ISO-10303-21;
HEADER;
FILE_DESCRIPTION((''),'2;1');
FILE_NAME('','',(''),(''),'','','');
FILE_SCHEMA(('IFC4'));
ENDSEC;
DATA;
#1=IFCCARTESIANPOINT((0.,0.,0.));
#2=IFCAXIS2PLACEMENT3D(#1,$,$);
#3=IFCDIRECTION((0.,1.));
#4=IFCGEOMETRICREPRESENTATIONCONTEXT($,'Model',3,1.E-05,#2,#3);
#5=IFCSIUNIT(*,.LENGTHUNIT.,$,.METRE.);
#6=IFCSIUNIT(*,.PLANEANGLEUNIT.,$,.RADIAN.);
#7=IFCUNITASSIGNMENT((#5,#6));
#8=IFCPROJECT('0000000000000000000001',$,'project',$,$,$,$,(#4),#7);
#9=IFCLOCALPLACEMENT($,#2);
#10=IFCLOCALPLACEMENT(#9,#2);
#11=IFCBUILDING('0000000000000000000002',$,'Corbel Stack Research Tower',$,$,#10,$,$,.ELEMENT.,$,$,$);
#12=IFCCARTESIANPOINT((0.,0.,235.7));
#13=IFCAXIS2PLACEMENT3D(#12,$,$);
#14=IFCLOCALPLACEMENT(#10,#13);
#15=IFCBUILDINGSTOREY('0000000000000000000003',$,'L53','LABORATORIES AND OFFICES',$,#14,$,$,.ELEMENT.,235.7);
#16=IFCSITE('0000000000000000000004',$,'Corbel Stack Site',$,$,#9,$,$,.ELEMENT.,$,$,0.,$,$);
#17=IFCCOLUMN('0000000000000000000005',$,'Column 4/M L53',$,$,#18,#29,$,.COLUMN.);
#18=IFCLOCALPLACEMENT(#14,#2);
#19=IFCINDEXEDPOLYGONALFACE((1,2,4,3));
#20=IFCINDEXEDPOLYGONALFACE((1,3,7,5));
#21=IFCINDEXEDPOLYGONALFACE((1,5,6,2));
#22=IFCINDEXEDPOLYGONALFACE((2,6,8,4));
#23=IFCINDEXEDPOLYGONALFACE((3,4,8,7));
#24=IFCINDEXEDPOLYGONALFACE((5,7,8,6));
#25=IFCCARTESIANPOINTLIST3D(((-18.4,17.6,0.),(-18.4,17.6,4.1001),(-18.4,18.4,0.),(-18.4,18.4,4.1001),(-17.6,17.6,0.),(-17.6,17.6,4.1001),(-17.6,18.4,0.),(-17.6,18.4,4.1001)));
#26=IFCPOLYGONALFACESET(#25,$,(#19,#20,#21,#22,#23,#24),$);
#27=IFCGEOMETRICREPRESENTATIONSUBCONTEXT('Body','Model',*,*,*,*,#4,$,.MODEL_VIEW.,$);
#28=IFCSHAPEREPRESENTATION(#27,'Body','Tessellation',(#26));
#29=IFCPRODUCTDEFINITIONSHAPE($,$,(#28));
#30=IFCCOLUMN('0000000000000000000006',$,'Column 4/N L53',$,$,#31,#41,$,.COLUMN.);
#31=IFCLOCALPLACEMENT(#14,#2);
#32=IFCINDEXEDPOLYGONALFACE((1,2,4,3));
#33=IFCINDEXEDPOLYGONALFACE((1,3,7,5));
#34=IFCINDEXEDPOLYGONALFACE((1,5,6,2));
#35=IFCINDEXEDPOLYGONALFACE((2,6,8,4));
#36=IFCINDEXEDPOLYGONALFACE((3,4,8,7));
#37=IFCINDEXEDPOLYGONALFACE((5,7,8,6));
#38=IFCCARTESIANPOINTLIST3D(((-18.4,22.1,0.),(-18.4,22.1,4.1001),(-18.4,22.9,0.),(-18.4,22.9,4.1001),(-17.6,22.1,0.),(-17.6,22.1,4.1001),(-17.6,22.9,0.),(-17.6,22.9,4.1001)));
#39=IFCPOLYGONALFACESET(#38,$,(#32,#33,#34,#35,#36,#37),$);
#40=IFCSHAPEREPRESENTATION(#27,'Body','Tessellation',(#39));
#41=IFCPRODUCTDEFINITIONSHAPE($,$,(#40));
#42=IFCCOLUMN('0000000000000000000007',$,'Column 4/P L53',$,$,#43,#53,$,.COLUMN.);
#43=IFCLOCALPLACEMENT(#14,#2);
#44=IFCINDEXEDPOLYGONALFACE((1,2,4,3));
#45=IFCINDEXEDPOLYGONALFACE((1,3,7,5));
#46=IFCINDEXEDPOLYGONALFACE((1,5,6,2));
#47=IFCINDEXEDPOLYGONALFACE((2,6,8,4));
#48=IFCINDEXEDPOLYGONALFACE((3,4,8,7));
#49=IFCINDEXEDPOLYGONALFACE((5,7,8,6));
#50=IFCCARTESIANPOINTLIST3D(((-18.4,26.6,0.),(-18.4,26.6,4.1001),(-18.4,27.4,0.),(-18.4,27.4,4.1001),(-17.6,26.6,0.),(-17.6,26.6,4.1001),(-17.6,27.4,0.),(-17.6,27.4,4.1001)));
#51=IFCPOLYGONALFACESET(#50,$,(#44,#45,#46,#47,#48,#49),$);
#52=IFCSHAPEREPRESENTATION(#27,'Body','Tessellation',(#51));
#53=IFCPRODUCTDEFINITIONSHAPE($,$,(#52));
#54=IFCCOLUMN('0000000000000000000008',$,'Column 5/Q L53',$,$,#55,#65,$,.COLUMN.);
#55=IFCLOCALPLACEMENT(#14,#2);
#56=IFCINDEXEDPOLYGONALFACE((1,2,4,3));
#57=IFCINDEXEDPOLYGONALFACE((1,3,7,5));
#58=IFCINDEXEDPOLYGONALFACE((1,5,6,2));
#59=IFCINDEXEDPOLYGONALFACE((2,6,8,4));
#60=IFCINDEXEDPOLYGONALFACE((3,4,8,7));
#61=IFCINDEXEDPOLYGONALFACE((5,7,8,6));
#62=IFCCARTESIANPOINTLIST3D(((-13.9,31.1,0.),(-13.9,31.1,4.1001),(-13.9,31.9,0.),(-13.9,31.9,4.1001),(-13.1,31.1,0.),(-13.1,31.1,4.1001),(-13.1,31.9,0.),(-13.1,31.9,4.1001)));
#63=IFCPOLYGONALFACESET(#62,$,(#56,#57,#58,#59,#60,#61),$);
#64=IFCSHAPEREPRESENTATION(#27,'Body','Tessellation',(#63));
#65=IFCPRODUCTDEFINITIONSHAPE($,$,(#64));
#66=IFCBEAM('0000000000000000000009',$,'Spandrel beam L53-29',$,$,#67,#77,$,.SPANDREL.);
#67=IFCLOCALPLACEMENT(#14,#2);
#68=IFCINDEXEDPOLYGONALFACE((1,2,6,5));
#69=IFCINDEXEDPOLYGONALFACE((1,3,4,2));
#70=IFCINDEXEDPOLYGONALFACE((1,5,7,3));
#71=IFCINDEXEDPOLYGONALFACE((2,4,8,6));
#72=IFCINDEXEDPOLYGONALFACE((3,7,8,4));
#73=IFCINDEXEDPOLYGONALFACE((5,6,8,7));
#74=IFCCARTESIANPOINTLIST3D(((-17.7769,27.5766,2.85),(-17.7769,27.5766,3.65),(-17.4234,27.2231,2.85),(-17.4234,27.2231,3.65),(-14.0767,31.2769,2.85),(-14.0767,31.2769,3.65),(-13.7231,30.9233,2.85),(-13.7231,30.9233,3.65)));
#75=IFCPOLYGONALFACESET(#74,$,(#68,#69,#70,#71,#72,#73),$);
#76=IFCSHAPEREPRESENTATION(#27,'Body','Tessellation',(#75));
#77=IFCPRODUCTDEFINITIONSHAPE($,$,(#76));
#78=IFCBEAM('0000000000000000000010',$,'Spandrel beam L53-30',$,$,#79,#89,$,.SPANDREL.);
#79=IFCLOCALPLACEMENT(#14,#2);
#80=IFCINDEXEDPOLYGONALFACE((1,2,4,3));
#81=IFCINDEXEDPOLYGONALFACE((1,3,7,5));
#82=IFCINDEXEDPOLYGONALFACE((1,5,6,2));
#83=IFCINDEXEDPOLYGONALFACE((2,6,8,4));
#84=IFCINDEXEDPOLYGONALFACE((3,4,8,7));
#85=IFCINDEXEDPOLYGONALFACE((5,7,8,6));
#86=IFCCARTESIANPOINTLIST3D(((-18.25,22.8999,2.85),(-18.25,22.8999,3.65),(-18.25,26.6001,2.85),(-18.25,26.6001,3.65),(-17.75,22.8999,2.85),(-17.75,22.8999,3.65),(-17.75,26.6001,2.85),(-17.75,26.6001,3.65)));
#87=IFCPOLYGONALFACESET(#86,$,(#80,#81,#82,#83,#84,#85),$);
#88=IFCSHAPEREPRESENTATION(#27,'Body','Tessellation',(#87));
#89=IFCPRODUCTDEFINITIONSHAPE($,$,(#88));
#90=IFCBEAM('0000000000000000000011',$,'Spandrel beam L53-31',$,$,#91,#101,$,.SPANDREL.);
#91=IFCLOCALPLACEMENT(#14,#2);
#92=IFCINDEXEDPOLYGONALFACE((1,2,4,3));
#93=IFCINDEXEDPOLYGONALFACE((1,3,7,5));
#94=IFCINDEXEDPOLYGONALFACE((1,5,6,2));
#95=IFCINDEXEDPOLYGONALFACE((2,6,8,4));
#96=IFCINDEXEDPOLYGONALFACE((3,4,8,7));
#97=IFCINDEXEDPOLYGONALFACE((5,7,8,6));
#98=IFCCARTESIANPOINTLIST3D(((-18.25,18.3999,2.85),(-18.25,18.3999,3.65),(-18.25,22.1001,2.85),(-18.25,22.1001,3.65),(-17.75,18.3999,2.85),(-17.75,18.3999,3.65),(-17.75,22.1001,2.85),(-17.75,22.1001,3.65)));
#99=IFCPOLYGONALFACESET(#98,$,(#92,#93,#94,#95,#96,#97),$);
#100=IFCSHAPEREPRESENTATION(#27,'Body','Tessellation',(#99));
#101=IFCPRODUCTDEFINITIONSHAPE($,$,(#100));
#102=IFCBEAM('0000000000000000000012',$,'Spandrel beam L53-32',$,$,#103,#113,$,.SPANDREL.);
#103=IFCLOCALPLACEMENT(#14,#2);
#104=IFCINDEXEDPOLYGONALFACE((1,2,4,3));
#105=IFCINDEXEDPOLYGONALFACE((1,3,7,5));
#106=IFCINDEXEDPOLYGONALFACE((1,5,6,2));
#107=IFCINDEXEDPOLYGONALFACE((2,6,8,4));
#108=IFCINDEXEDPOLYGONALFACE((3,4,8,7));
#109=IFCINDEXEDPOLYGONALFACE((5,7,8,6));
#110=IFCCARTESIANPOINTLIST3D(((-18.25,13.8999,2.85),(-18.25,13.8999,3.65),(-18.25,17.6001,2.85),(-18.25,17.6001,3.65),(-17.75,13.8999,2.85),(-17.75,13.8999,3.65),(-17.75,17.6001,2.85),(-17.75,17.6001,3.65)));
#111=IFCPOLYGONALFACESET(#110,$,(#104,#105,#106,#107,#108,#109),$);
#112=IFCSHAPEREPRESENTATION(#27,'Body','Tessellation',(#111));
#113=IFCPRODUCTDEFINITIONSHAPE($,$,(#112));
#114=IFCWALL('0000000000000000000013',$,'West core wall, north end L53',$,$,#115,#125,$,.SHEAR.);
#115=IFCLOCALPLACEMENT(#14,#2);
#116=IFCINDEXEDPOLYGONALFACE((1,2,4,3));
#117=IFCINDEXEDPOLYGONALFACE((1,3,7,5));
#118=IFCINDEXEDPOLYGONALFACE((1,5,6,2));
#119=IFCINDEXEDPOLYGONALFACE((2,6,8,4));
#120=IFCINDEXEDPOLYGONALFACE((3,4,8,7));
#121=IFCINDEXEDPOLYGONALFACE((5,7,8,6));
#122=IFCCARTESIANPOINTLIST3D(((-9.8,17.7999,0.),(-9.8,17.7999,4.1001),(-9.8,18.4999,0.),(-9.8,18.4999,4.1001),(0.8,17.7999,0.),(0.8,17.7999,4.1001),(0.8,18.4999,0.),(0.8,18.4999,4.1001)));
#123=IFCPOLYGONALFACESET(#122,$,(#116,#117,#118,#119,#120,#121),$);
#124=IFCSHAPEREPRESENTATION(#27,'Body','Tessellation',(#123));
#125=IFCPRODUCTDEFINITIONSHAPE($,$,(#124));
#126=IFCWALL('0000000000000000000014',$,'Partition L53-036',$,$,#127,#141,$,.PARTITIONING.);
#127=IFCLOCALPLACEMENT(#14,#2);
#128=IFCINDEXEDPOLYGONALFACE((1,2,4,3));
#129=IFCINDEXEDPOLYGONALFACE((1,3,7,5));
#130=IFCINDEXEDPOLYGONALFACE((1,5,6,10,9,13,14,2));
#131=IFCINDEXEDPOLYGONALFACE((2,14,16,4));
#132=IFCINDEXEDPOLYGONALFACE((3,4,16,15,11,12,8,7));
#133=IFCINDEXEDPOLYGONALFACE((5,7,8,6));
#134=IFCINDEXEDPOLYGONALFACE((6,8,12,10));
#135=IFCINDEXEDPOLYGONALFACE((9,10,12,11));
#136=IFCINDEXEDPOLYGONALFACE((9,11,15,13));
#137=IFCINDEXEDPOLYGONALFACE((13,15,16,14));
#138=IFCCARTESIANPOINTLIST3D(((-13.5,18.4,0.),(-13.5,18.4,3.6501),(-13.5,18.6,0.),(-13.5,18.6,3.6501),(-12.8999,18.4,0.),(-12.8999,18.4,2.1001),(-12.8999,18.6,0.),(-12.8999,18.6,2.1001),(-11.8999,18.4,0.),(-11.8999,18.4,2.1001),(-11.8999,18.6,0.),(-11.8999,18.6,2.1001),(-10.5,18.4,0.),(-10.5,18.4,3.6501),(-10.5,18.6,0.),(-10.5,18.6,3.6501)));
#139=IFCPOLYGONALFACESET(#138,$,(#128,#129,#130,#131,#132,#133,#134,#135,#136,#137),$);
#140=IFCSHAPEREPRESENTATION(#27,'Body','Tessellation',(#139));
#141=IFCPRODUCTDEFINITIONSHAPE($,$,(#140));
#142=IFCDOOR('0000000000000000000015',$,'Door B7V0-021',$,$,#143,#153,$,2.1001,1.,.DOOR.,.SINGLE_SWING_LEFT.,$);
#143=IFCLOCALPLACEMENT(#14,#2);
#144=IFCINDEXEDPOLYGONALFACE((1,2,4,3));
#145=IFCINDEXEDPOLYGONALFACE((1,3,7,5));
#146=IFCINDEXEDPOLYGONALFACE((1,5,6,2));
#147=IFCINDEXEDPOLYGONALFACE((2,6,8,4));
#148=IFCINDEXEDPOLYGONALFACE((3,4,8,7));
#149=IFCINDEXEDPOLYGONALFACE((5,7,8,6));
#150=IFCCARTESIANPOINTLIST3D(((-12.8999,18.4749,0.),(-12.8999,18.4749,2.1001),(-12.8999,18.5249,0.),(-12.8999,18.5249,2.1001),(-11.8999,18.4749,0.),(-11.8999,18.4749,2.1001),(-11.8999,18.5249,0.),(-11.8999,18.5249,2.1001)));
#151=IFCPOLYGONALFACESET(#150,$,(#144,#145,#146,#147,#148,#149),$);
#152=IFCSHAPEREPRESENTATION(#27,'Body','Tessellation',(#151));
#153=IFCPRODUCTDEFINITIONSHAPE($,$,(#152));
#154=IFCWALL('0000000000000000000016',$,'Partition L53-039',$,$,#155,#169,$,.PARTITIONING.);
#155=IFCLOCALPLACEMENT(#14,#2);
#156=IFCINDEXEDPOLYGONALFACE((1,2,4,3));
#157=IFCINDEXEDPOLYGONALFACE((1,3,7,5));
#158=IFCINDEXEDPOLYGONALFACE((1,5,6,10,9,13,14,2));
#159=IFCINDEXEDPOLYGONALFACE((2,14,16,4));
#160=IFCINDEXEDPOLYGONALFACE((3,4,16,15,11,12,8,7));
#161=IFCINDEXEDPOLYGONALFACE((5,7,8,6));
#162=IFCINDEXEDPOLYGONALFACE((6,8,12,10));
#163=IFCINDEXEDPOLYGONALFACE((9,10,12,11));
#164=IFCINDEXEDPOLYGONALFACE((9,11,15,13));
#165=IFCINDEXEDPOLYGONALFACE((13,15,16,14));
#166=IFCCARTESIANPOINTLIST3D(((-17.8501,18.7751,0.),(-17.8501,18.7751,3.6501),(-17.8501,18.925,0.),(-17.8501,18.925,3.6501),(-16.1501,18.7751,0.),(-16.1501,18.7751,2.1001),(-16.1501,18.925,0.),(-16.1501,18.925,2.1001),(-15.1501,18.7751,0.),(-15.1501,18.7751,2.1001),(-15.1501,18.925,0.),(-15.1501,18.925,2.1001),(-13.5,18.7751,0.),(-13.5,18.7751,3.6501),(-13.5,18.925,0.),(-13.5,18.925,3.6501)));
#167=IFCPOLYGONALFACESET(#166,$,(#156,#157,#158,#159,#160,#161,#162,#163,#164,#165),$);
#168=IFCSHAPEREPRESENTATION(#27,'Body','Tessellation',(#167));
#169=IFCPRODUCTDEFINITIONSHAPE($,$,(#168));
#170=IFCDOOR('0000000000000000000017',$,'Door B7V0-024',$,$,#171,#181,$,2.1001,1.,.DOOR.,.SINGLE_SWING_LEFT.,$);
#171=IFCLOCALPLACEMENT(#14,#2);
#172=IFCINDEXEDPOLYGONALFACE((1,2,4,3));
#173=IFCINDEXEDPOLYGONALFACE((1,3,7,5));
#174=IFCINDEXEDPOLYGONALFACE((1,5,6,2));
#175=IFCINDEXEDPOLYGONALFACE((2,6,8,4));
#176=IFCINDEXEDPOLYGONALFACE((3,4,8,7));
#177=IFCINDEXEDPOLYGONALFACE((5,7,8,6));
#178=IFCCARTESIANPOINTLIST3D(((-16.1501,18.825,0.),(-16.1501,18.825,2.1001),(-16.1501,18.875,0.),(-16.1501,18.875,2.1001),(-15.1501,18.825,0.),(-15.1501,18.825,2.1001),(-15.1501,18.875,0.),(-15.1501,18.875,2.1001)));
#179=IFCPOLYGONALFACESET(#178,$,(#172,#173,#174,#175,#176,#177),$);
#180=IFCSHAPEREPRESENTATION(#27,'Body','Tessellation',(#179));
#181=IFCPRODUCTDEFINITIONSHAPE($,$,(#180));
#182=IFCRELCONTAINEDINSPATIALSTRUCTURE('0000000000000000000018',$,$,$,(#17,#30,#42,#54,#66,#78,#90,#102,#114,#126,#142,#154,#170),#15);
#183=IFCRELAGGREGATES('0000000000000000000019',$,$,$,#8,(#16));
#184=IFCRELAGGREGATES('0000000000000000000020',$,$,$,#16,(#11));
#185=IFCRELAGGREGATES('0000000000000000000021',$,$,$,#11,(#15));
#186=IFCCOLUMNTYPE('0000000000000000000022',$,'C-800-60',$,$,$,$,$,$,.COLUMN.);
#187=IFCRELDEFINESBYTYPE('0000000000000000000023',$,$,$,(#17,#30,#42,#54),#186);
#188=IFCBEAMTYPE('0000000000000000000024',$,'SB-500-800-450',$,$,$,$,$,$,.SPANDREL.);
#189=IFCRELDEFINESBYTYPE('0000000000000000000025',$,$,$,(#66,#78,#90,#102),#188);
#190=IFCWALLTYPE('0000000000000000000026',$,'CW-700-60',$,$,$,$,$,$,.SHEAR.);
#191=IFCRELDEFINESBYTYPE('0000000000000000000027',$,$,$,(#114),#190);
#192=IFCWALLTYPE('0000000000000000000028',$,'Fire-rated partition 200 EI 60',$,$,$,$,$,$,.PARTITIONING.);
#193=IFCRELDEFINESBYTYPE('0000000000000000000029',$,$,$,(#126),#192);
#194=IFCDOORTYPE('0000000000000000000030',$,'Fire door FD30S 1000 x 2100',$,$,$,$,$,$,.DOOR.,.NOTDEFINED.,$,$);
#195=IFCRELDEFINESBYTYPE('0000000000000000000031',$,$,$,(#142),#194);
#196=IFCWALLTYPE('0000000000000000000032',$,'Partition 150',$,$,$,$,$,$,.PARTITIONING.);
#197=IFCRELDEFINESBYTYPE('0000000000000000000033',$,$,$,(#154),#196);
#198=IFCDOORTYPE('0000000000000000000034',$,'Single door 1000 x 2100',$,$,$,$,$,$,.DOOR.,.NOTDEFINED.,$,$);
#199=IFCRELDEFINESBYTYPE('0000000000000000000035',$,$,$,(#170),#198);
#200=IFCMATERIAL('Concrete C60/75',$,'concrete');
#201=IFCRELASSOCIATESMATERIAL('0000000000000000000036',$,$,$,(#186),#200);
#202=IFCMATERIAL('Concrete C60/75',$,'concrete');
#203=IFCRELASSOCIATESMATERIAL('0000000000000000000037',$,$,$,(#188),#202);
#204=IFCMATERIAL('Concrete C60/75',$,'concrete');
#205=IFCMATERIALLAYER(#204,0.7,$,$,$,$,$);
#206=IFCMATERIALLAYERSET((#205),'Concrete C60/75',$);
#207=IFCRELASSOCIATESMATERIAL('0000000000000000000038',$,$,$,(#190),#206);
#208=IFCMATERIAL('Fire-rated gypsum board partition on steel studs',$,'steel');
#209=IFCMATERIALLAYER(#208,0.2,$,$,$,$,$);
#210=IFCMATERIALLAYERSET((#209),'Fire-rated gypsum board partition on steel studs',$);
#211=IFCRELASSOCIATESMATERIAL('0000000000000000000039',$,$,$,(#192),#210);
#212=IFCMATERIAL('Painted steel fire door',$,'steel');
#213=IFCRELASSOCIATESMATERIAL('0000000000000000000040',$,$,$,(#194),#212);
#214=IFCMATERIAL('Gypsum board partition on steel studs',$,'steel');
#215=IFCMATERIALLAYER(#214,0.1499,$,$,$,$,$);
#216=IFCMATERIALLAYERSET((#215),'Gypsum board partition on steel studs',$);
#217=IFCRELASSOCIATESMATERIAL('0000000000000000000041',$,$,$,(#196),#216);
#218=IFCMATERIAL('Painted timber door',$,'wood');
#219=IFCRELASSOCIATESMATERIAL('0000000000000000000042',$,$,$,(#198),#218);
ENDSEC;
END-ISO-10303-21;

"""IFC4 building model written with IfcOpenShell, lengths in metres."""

from ifc_helpers import new_model, si_unit, direction, frame, frame_2d, origin, origin_2d, place, context, subcontext, project, spatial, rectangle, extrude, material, layer, layer_set, material_profile, profile_set, type_object, element, fill, save


model = new_model("IFC4")

# Units and contexts
model_context = context("Model", 3, precision=1e-05, world=origin(), true_north=direction((0.0, 1.0)))
body_context = subcontext(model_context, "Body", "Model", "MODEL_VIEW")
ifc_project = project(units=[si_unit("LENGTHUNIT", "METRE"), si_unit("PLANEANGLEUNIT", "RADIAN")], contexts=[model_context])

# Site, building, storey
site_placement = place(None, origin())
site = spatial("IfcSite", under=ifc_project, at=site_placement, Name="Corbel Stack Site", CompositionType="ELEMENT", RefElevation=0.0)
building_placement = place(site_placement, origin())
building = spatial("IfcBuilding", under=site, at=building_placement, Name="Corbel Stack Research Tower", CompositionType="ELEMENT")
storey_placement = place(building_placement, frame((0.0, 0.0, 235.7)))
storey = spatial("IfcBuildingStorey", under=building, at=storey_placement, Name="L53", Description="LABORATORIES AND OFFICES", CompositionType="ELEMENT", Elevation=235.7)

# Columns
ifc_material_1 = material(Name="Concrete C60/75", Category="concrete")
ifc_material_profile_1 = material_profile(ifc_material_1, rectangle(XDim=0.8, YDim=0.8, at=origin_2d()), Name="RC 800 x 800")
ifc_profile_set_1 = profile_set([ifc_material_profile_1], Name="Concrete C60/75")
column_type = type_object("IfcColumnType", Name="C-800-60", PredefinedType="COLUMN", material=ifc_profile_set_1)
for number, where, z_axis, x_axis, name in (
    (1, (-18.0, 18.0, 0.0), (0.0, 0.0, 1.0), (1.0, 0.0, 0.0), "Column 4/M L53"),
    (2, (-18.0, 22.5, 0.0), (0.0, 0.0, 1.0), (1.0, 0.0, 0.0), "Column 4/N L53"),
    (3, (-18.0, 27.0, 0.0), (0.0, 0.0, 1.0), (1.0, 0.0, 0.0), "Column 4/P L53"),
    (4, (-13.5, 31.5, 0.0), (0.0, 0.0, 1.0), (1.0, 0.0, 0.0), "Column 5/Q L53"),
):
    element("IfcColumn", number, at=place(storey_placement, frame(where, z_axis=z_axis, x_axis=x_axis)), inside=storey, type_object=column_type, Name=name, PredefinedType="COLUMN", context=body_context, shape_type="SweptSolid", body=[
        extrude(rectangle(XDim=0.8, YDim=0.8, at=origin_2d()), origin(), (0.0, 0.0, 1.0), 4.1001),
    ])

# Beams
ifc_material_2 = material(Name="Concrete C60/75", Category="concrete")
ifc_material_profile_2 = material_profile(ifc_material_2, rectangle(XDim=0.5, YDim=0.8, at=origin_2d()), Name="RC 500 x 800")
ifc_profile_set_2 = profile_set([ifc_material_profile_2], Name="Concrete C60/75")
beam_type = type_object("IfcBeamType", Name="SB-500-800-450", PredefinedType="SPANDREL", material=ifc_profile_set_2)
beam_placement = place(storey_placement, frame((-13.8999, 31.1001, 3.25), z_axis=(-0.707107, -0.707107, 0.0), x_axis=(0.707107, -0.707107, 0.0)))
element("IfcBeam", 5, at=beam_placement, inside=storey, type_object=beam_type, Name="Spandrel beam L53-29", PredefinedType="SPANDREL", context=body_context, shape_type="SweptSolid", body=[
    extrude(rectangle(XDim=0.5, YDim=0.8, at=origin_2d()), origin(), (0.0, 0.0, 1.0), 5.2329),
])
for number, where, z_axis, x_axis, name in (
    (6, (-18.0, 26.6001, 3.25), (0.0, -1.0, 0.0), (1.0, 0.0, 0.0), "Spandrel beam L53-30"),
    (7, (-18.0, 22.1001, 3.25), (0.0, -1.0, 0.0), (1.0, 0.0, 0.0), "Spandrel beam L53-31"),
    (8, (-18.0, 17.6001, 3.25), (0.0, -1.0, 0.0), (1.0, 0.0, 0.0), "Spandrel beam L53-32"),
):
    element("IfcBeam", number, at=place(storey_placement, frame(where, z_axis=z_axis, x_axis=x_axis)), inside=storey, type_object=beam_type, Name=name, PredefinedType="SPANDREL", context=body_context, shape_type="SweptSolid", body=[
        extrude(rectangle(XDim=0.5, YDim=0.8, at=origin_2d()), origin(), (0.0, 0.0, 1.0), 3.7002),
    ])

# Wall
ifc_material_3 = material(Name="Concrete C60/75", Category="concrete")
ifc_layer_1 = layer(ifc_material_3, 0.7)
ifc_layer_set_1 = layer_set([ifc_layer_1], Name="Concrete C60/75")
wall_type_1 = type_object("IfcWallType", Name="CW-700-60", PredefinedType="SHEAR", material=ifc_layer_set_1)
wall_1_placement = place(storey_placement, frame((-9.8, 18.1499, 0.0), z_axis=(0.0, 0.0, 1.0), x_axis=(1.0, 0.0, 0.0)))
element("IfcWall", 9, at=wall_1_placement, inside=storey, type_object=wall_type_1, Name="West core wall, north end L53", PredefinedType="SHEAR", context=body_context, shape_type="SweptSolid", body=[
    extrude(rectangle(XDim=10.6001, YDim=0.7, at=frame_2d((5.3, 0.0))), origin(), (0.0, 0.0, 1.0), 4.1001),
])

# Walls, openings, doors
ifc_material_4 = material(Name="Fire-rated gypsum board partition on steel studs", Category="steel")
ifc_layer_2 = layer(ifc_material_4, 0.2)
ifc_layer_set_2 = layer_set([ifc_layer_2], Name="Fire-rated gypsum board partition on steel studs")
wall_type_2 = type_object("IfcWallType", Name="Fire-rated partition 200 EI 60", PredefinedType="PARTITIONING", material=ifc_layer_set_2)
wall_2_placement = place(storey_placement, frame((-13.5, 18.5, 0.0), z_axis=(0.0, 0.0, 1.0), x_axis=(1.0, 0.0, 0.0)))
wall_2 = element("IfcWall", 10, at=wall_2_placement, inside=storey, type_object=wall_type_2, Name="Partition L53-036", PredefinedType="PARTITIONING", context=body_context, shape_type="SweptSolid", body=[
    extrude(rectangle(XDim=3.0, YDim=0.2, at=frame_2d((1.5, 0.0))), origin(), (0.0, 0.0, 1.0), 3.6501),
])
opening_1_placement = place(wall_2_placement, frame((0.6001, 0.0, 0.0)))
opening_1 = element("IfcOpeningElement", 11, at=opening_1_placement, cuts=wall_2, PredefinedType="OPENING", context=body_context, shape_type="SweptSolid", body=[
    extrude(rectangle(XDim=1.0, YDim=2.1001, at=frame_2d((0.5, 1.05))), frame((0.0, 0.1099, 0.0), z_axis=(0.0, -1.0, 0.0), x_axis=(1.0, 0.0, 0.0)), (0.0, 0.0, 1.0), 0.22),
])
ifc_material_5 = material(Name="Painted steel fire door", Category="steel")
door_type_1 = type_object("IfcDoorType", Name="Fire door FD30S 1000 x 2100", OperationType="NOTDEFINED", PredefinedType="DOOR", material=ifc_material_5)
door_1_placement = place(opening_1_placement, origin())
door_1 = element("IfcDoor", 12, at=door_1_placement, inside=storey, type_object=door_type_1, Name="Door B7V0-021", OperationType="SINGLE_SWING_LEFT", OverallHeight=2.1001, OverallWidth=1.0, PredefinedType="DOOR", context=body_context, shape_type="SweptSolid", body=[
    extrude(rectangle(XDim=1.0, YDim=2.1001, at=frame_2d((0.5, 1.05))), frame((0.0, 0.0249, 0.0), z_axis=(0.0, -1.0, 0.0), x_axis=(1.0, 0.0, 0.0)), (0.0, 0.0, 1.0), 0.05),
])
fill(opening_1, door_1)
ifc_material_6 = material(Name="Gypsum board partition on steel studs", Category="steel")
ifc_layer_3 = layer(ifc_material_6, 0.1499)
ifc_layer_set_3 = layer_set([ifc_layer_3], Name="Gypsum board partition on steel studs")
wall_type_3 = type_object("IfcWallType", Name="Partition 150", PredefinedType="PARTITIONING", material=ifc_layer_set_3)
wall_3_placement = place(storey_placement, frame((-17.8501, 18.8501, 0.0), z_axis=(0.0, 0.0, 1.0), x_axis=(1.0, 0.0, 0.0)))
wall_3 = element("IfcWall", 13, at=wall_3_placement, inside=storey, type_object=wall_type_3, Name="Partition L53-039", PredefinedType="PARTITIONING", context=body_context, shape_type="SweptSolid", body=[
    extrude(rectangle(XDim=4.3501, YDim=0.1499, at=frame_2d((2.175, 0.0))), origin(), (0.0, 0.0, 1.0), 3.6501),
])
opening_2_placement = place(wall_3_placement, frame((1.7, 0.0, 0.0)))
opening_2 = element("IfcOpeningElement", 14, at=opening_2_placement, cuts=wall_3, PredefinedType="OPENING", context=body_context, shape_type="SweptSolid", body=[
    extrude(rectangle(XDim=1.0, YDim=2.1001, at=frame_2d((0.5, 1.05))), frame((0.0, 0.085, 0.0), z_axis=(0.0, -1.0, 0.0), x_axis=(1.0, 0.0, 0.0)), (0.0, 0.0, 1.0), 0.1699),
])
ifc_material_7 = material(Name="Painted timber door", Category="wood")
door_type_2 = type_object("IfcDoorType", Name="Single door 1000 x 2100", OperationType="NOTDEFINED", PredefinedType="DOOR", material=ifc_material_7)
door_2_placement = place(opening_2_placement, origin())
door_2 = element("IfcDoor", 15, at=door_2_placement, inside=storey, type_object=door_type_2, Name="Door B7V0-024", OperationType="SINGLE_SWING_LEFT", OverallHeight=2.1001, OverallWidth=1.0, PredefinedType="DOOR", context=body_context, shape_type="SweptSolid", body=[
    extrude(rectangle(XDim=1.0, YDim=2.1001, at=frame_2d((0.5, 1.05))), frame((0.0, 0.0249, 0.0), z_axis=(0.0, -1.0, 0.0), x_axis=(1.0, 0.0, 0.0)), (0.0, 0.0, 1.0), 0.05),
])
fill(opening_2, door_2)

save(model, "model.ifc")
